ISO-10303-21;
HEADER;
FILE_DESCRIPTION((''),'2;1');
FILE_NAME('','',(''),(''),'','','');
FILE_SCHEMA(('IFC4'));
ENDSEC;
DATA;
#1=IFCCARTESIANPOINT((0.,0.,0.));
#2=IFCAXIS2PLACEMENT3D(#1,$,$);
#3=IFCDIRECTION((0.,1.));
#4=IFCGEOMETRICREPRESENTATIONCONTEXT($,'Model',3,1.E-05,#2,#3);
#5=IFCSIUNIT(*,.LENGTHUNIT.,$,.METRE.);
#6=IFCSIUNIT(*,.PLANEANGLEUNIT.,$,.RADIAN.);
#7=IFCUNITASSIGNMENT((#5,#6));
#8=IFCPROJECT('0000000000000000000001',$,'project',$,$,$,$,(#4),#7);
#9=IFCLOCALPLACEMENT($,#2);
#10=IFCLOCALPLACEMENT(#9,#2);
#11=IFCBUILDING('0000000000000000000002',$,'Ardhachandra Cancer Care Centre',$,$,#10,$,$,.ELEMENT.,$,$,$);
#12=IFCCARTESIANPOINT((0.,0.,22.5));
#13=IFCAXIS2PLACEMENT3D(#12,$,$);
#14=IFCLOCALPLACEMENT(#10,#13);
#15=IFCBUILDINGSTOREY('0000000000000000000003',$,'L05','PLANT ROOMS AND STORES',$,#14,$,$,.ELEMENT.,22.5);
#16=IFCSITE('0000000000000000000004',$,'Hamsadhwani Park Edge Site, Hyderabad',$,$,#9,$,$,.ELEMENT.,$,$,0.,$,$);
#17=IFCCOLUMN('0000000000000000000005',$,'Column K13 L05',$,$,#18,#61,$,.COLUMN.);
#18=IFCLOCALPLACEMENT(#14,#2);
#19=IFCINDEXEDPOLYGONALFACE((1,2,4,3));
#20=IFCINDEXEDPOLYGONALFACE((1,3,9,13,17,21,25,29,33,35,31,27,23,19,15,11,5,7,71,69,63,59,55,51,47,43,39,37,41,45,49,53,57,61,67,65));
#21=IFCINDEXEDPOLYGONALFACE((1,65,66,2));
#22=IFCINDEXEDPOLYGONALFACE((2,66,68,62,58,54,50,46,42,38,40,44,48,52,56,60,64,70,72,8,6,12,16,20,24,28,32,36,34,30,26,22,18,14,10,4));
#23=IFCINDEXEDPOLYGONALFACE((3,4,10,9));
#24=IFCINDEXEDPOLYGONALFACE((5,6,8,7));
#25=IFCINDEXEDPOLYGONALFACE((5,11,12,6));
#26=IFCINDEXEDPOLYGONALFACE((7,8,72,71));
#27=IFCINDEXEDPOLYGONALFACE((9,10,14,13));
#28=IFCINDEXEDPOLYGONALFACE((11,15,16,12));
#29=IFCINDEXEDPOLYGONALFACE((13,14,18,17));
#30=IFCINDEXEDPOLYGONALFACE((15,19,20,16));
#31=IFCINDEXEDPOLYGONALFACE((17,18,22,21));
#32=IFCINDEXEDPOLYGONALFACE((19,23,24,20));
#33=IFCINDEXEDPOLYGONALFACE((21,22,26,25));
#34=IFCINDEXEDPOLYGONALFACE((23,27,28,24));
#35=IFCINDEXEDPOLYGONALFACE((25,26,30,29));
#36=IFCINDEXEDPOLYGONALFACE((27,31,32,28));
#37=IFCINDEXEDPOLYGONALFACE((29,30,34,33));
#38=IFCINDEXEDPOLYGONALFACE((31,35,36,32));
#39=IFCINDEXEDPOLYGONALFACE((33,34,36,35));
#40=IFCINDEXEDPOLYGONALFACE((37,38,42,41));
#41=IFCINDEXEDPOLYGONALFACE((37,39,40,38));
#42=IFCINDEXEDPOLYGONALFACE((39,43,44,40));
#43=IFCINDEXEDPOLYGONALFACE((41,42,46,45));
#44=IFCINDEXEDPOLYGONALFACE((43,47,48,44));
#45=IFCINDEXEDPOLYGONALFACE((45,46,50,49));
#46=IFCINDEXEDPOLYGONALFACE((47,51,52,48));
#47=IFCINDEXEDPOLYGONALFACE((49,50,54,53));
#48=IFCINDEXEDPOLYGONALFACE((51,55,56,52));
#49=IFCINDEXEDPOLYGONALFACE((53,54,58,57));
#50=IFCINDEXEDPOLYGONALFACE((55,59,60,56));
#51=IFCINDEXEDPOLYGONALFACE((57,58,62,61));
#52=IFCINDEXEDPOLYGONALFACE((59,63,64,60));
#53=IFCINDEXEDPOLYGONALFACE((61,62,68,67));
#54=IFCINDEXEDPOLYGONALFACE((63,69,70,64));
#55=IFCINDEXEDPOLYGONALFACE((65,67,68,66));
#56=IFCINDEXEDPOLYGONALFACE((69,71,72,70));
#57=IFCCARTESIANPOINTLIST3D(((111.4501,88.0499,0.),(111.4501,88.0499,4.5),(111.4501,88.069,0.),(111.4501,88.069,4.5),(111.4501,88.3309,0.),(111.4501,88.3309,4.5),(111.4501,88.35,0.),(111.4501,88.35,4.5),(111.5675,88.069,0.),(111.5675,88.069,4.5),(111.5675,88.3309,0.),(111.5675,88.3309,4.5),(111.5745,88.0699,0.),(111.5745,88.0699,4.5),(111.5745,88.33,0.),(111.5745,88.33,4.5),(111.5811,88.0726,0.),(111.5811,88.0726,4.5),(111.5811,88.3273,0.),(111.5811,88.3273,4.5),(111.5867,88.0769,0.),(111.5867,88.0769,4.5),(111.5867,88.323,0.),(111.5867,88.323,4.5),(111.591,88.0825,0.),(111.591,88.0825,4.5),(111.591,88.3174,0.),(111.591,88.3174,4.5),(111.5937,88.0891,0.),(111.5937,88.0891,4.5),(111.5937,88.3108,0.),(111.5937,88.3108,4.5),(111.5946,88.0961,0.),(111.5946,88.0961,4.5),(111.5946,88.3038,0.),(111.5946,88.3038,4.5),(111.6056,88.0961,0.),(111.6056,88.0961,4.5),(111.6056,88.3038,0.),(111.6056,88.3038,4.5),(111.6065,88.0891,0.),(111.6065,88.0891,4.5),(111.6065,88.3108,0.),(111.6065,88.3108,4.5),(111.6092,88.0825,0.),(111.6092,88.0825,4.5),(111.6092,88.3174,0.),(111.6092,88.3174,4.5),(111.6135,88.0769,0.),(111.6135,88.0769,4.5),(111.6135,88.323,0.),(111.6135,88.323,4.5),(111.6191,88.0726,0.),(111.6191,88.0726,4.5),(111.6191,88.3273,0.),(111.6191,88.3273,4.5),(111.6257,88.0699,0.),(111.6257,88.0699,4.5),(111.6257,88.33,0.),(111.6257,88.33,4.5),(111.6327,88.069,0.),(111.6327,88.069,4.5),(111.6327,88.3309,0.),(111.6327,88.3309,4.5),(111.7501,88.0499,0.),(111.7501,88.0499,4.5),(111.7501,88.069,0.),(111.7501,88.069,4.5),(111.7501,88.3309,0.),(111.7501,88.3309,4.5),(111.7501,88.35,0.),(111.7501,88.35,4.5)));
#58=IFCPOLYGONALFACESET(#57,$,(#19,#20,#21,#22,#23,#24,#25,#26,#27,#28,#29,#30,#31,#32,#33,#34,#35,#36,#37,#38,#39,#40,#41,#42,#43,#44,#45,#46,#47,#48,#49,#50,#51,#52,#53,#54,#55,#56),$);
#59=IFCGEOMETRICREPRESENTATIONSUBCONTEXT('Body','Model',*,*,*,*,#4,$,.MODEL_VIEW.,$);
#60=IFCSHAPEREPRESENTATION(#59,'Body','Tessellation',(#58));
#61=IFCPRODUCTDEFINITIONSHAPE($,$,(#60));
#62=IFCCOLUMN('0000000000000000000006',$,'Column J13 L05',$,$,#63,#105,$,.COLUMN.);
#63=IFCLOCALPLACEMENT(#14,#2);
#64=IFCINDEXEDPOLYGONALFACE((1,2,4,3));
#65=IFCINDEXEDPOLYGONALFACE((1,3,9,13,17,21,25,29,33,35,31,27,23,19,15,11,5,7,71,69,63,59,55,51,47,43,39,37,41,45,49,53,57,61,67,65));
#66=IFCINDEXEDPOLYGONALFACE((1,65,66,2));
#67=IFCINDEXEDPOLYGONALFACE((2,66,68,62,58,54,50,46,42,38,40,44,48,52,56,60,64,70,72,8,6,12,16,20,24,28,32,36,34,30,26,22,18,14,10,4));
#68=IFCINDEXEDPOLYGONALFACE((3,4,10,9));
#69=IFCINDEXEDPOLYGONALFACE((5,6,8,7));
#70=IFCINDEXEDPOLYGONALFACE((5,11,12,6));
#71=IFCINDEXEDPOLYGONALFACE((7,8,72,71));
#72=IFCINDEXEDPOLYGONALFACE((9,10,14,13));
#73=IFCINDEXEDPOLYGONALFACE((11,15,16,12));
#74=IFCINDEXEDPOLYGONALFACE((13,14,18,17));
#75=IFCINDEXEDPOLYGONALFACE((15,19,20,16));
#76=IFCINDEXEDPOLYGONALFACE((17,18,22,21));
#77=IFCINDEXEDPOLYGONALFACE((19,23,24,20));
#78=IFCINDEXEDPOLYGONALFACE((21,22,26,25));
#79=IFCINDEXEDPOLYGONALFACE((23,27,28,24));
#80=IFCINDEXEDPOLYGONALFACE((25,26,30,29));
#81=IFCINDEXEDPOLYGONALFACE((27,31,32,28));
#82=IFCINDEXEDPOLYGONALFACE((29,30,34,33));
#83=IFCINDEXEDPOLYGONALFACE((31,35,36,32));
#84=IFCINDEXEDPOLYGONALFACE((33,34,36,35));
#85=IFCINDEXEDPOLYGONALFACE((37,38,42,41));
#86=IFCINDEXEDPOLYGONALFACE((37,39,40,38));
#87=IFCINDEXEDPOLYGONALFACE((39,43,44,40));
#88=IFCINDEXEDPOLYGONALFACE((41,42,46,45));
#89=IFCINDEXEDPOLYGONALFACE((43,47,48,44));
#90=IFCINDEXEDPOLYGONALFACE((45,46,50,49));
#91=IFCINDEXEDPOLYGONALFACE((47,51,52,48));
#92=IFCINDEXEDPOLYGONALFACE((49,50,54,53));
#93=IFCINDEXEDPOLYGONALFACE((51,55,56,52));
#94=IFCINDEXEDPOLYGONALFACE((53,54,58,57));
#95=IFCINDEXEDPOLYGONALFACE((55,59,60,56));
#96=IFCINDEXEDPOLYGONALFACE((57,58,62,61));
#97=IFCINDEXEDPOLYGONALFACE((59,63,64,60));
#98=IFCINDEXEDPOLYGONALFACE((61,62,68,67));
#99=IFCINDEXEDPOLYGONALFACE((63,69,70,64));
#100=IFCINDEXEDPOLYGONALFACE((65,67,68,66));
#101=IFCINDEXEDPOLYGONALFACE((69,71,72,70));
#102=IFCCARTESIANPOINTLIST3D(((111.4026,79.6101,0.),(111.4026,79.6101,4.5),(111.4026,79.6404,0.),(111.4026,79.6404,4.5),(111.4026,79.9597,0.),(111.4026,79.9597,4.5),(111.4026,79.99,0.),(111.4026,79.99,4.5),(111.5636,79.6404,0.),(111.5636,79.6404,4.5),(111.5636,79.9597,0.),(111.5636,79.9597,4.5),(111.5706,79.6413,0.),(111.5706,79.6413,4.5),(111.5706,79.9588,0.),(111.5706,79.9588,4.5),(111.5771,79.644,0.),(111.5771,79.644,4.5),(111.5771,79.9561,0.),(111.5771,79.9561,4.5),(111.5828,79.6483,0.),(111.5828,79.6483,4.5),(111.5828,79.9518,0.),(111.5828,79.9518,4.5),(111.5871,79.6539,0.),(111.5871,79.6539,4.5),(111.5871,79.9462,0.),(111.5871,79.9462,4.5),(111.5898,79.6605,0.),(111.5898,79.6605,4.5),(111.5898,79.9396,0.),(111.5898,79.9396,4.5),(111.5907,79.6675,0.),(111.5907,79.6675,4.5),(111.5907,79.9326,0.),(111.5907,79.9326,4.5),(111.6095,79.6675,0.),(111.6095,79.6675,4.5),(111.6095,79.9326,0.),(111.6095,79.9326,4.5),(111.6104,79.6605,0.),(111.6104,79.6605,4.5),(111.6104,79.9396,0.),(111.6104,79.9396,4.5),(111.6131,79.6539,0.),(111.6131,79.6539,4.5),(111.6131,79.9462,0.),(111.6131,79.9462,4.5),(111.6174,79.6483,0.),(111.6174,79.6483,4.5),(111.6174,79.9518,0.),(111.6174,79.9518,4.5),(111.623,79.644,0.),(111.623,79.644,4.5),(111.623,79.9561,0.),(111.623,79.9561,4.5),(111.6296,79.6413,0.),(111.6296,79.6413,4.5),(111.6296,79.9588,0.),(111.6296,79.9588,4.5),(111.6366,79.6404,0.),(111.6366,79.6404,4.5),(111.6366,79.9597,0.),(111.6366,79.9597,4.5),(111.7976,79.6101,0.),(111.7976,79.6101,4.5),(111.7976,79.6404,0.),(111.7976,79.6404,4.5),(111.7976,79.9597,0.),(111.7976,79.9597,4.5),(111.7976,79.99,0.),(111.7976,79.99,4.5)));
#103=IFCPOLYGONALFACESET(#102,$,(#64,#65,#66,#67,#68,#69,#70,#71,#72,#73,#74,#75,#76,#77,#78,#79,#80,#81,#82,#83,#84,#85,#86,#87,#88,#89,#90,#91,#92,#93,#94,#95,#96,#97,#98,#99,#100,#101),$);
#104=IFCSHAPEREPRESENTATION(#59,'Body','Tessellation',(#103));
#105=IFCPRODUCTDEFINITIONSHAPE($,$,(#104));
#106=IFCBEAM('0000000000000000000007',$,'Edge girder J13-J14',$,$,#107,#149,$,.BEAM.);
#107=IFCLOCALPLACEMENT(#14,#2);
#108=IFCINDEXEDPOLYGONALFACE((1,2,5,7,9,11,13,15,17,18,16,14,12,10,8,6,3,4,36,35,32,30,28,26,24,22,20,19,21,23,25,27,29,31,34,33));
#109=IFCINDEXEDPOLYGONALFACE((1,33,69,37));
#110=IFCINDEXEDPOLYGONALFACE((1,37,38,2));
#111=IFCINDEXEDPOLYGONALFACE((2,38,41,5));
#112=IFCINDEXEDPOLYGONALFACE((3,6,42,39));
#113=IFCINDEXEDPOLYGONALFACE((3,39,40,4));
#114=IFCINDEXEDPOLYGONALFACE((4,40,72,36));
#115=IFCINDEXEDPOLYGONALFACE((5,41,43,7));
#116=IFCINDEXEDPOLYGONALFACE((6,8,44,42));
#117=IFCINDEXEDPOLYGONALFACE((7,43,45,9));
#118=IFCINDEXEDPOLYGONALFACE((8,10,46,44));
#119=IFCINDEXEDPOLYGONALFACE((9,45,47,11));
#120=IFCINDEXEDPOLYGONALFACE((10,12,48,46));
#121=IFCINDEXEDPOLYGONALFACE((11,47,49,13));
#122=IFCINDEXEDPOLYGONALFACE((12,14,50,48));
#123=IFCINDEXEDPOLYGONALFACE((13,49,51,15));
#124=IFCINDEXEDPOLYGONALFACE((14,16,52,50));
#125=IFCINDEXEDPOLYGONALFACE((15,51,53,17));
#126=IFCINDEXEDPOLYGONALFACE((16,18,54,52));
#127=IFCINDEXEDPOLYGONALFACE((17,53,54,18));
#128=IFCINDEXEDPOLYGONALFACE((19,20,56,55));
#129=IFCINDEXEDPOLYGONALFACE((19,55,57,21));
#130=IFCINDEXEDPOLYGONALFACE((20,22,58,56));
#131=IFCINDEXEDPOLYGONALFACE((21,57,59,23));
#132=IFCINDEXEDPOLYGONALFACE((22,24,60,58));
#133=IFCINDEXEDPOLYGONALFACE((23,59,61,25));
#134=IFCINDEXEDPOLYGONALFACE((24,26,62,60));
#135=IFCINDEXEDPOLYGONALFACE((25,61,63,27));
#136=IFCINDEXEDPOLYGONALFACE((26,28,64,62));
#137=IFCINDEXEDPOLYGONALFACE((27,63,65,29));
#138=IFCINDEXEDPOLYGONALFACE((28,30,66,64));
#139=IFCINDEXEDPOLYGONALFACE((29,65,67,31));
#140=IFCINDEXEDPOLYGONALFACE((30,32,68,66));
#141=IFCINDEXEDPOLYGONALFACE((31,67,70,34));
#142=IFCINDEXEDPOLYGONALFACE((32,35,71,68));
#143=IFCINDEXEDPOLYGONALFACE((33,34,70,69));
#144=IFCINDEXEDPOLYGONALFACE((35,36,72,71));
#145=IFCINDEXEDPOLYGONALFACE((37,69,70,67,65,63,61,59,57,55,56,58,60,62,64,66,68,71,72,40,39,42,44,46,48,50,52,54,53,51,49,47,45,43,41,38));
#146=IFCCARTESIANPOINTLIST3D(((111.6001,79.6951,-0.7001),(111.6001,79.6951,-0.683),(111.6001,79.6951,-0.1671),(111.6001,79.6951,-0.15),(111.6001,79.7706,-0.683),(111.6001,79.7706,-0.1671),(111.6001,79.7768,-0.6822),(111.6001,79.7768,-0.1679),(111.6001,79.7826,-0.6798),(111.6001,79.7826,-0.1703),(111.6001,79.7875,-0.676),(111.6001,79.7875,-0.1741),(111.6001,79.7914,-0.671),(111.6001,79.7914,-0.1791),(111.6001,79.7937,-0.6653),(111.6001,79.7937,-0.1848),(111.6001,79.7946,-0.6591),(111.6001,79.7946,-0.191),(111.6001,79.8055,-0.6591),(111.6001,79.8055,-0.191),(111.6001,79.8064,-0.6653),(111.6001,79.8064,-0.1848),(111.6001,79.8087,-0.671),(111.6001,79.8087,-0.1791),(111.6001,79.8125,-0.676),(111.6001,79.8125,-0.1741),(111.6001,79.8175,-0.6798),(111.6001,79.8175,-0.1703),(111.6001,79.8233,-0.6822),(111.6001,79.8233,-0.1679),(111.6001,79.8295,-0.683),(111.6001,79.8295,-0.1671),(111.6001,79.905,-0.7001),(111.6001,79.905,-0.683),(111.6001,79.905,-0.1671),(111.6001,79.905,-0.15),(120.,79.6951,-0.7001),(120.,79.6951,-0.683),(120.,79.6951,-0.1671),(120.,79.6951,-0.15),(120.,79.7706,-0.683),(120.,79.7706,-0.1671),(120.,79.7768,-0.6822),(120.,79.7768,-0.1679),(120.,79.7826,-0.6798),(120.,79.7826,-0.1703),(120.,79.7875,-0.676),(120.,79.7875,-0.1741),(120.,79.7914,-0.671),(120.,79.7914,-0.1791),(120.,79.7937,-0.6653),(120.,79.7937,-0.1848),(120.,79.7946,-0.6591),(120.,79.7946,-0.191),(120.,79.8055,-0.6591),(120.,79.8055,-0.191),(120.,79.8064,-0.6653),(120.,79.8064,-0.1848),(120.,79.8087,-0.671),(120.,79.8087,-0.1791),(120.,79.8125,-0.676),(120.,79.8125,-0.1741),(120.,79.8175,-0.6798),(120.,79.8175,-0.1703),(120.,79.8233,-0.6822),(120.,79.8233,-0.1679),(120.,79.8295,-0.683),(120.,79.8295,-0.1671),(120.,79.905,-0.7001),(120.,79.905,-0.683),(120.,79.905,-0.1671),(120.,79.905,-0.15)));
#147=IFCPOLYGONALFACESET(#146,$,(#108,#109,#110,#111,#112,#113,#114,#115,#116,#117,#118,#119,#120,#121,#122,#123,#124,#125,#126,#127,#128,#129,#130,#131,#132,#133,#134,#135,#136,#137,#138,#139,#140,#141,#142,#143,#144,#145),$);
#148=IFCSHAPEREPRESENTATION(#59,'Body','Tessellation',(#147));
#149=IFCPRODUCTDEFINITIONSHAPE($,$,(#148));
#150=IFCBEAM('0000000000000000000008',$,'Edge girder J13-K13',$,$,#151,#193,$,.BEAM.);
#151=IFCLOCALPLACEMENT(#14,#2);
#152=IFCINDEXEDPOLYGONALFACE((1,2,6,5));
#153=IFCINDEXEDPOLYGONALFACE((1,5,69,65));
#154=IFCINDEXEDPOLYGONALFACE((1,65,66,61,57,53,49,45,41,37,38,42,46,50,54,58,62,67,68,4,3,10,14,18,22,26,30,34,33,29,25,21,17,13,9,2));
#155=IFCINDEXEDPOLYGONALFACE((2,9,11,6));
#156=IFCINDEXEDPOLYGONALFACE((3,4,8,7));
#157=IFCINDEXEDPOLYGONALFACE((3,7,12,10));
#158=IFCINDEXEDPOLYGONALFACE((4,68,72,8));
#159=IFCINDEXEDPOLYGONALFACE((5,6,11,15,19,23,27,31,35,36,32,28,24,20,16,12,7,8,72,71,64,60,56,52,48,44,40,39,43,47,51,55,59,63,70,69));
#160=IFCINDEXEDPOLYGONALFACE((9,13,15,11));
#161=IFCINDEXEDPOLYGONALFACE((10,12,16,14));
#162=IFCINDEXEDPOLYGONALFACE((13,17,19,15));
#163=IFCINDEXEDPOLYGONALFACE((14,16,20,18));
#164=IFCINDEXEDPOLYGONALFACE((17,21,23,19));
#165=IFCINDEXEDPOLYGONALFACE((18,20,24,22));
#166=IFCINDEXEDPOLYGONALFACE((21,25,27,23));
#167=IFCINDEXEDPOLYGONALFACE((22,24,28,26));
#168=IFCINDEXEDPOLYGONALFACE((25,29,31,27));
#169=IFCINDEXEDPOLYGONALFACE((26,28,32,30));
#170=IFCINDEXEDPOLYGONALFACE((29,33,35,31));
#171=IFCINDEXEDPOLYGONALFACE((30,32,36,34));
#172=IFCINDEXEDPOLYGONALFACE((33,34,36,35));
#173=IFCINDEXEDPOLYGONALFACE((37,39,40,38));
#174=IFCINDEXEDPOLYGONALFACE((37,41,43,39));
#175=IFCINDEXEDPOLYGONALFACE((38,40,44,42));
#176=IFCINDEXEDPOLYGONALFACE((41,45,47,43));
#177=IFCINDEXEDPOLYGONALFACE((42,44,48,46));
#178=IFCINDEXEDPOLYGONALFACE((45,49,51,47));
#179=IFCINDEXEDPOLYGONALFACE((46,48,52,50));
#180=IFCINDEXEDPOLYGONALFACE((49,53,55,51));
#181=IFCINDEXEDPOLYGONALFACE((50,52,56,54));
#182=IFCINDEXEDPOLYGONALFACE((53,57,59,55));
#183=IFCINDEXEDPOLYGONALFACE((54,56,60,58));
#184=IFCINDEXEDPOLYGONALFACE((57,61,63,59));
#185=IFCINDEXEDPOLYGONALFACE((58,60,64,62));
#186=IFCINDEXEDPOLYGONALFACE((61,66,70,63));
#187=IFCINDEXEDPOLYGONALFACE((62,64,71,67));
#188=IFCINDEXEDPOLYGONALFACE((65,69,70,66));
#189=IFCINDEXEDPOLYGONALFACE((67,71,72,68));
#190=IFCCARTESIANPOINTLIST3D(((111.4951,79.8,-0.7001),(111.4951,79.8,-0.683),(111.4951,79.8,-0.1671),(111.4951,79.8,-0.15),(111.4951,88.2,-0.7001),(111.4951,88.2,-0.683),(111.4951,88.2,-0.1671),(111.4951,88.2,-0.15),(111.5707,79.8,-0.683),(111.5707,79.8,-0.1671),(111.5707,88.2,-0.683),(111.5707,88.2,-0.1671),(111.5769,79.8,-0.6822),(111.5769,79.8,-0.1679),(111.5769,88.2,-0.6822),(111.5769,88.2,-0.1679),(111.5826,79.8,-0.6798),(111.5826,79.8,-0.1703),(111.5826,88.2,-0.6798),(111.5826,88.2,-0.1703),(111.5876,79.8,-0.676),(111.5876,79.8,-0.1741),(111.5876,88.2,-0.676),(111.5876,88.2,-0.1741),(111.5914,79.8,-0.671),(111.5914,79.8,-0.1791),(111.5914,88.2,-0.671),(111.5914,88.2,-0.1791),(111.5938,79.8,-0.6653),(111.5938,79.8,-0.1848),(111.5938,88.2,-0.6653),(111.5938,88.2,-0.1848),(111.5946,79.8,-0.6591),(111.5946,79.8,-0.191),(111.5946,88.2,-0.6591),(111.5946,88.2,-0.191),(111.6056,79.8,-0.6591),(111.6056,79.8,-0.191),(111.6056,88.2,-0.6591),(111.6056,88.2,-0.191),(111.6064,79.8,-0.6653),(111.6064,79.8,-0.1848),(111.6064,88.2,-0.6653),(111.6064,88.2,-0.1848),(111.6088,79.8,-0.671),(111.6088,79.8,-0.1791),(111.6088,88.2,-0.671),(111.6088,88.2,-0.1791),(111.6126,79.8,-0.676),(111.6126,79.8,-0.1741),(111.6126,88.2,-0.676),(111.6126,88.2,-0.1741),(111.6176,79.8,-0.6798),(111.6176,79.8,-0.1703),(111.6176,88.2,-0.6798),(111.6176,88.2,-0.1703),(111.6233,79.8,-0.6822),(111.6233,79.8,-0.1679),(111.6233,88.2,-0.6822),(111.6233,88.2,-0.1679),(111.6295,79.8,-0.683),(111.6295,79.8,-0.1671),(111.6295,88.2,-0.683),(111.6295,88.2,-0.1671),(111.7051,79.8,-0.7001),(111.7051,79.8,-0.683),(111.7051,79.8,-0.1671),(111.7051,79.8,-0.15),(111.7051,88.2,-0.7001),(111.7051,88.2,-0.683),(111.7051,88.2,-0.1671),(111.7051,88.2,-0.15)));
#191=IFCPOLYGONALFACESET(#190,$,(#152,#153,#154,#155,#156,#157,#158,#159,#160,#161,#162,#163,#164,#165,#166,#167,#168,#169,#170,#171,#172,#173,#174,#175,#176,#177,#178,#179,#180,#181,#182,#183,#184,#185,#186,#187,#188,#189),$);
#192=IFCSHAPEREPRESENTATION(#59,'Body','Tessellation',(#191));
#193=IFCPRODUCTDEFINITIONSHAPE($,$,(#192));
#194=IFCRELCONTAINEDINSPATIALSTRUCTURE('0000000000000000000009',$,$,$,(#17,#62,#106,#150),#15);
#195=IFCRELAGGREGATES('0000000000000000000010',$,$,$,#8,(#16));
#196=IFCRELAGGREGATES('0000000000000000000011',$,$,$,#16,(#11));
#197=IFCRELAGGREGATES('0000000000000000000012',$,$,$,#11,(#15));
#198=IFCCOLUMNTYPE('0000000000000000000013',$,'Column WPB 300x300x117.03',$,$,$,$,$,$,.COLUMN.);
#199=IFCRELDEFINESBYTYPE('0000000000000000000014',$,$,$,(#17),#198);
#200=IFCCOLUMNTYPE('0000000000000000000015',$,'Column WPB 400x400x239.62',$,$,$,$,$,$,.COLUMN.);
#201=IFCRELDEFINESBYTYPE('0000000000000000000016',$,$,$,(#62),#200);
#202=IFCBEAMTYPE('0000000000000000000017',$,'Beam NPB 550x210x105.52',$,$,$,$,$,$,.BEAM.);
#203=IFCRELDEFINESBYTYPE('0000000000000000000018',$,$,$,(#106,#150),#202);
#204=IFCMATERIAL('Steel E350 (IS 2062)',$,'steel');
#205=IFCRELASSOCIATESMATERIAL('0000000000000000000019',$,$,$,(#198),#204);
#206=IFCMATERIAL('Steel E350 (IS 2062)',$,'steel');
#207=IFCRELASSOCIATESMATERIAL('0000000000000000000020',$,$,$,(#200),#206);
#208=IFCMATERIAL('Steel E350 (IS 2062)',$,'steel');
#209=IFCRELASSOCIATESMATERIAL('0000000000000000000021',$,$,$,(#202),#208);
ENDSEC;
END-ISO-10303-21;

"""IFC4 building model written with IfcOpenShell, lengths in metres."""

from ifc_helpers import new_model, si_unit, direction, frame, origin, origin_2d, place, context, subcontext, project, spatial, i_section, extrude, material, material_profile, profile_set, type_object, element, save


model = new_model("IFC4")

# Units and contexts
model_context = context("Model", 3, precision=1e-05, world=origin(), true_north=direction((0.0, 1.0)))
body_context = subcontext(model_context, "Body", "Model", "MODEL_VIEW")
ifc_project = project(units=[si_unit("LENGTHUNIT", "METRE"), si_unit("PLANEANGLEUNIT", "RADIAN")], contexts=[model_context])

# Site, building, storey
site_placement = place(None, origin())
site = spatial("IfcSite", under=ifc_project, at=site_placement, Name="Hamsadhwani Park Edge Site, Hyderabad", CompositionType="ELEMENT", RefElevation=0.0)
building_placement = place(site_placement, origin())
building = spatial("IfcBuilding", under=site, at=building_placement, Name="Ardhachandra Cancer Care Centre", CompositionType="ELEMENT")
storey_placement = place(building_placement, frame((0.0, 0.0, 22.5)))
storey = spatial("IfcBuildingStorey", under=building, at=storey_placement, Name="L05", Description="PLANT ROOMS AND STORES", CompositionType="ELEMENT", Elevation=22.5)

# Columns
ifc_material_1 = material(Name="Steel E350 (IS 2062)", Category="steel")
ifc_material_profile_1 = material_profile(ifc_material_1, i_section(OverallWidth=0.3, OverallDepth=0.3, WebThickness=0.011, FlangeThickness=0.019, FilletRadius=0.0271, at=origin_2d()), Name="WPB 300x300x117.03")
ifc_profile_set_1 = profile_set([ifc_material_profile_1], Name="Steel E350 (IS 2062)")
column_type_1 = type_object("IfcColumnType", Name="Column WPB 300x300x117.03", PredefinedType="COLUMN", material=ifc_profile_set_1)
column_1_placement = place(storey_placement, frame((111.6001, 88.2, 0.0), z_axis=(0.0, 0.0, 1.0), x_axis=(1.0, 0.0, 0.0)))
element("IfcColumn", 1, at=column_1_placement, inside=storey, type_object=column_type_1, Name="Column K13 L05", PredefinedType="COLUMN", context=body_context, shape_type="SweptSolid", body=[
    extrude(i_section(OverallWidth=0.3, OverallDepth=0.3, WebThickness=0.011, FlangeThickness=0.019, FilletRadius=0.0271, at=origin_2d()), origin(), (0.0, 0.0, 1.0), 4.5),
])
ifc_material_2 = material(Name="Steel E350 (IS 2062)", Category="steel")
ifc_material_profile_2 = material_profile(ifc_material_2, i_section(OverallWidth=0.395, OverallDepth=0.3799, WebThickness=0.0188, FlangeThickness=0.0303, FilletRadius=0.0271, at=origin_2d()), Name="WPB 400x400x239.62")
ifc_profile_set_2 = profile_set([ifc_material_profile_2], Name="Steel E350 (IS 2062)")
column_type_2 = type_object("IfcColumnType", Name="Column WPB 400x400x239.62", PredefinedType="COLUMN", material=ifc_profile_set_2)
column_2_placement = place(storey_placement, frame((111.6001, 79.8, 0.0), z_axis=(0.0, 0.0, 1.0), x_axis=(1.0, 0.0, 0.0)))
element("IfcColumn", 2, at=column_2_placement, inside=storey, type_object=column_type_2, Name="Column J13 L05", PredefinedType="COLUMN", context=body_context, shape_type="SweptSolid", body=[
    extrude(i_section(OverallWidth=0.395, OverallDepth=0.3799, WebThickness=0.0188, FlangeThickness=0.0303, FilletRadius=0.0271, at=origin_2d()), origin(), (0.0, 0.0, 1.0), 4.5),
])

# Beams
ifc_material_3 = material(Name="Steel E350 (IS 2062)", Category="steel")
ifc_material_profile_3 = material_profile(ifc_material_3, i_section(OverallWidth=0.21, OverallDepth=0.55, WebThickness=0.011, FlangeThickness=0.0171, FilletRadius=0.0239, at=origin_2d()), Name="NPB 550x210x105.52")
ifc_profile_set_3 = profile_set([ifc_material_profile_3], Name="Steel E350 (IS 2062)")
beam_type_1 = type_object("IfcBeamType", Name="Beam NPB 550x210x105.52", PredefinedType="BEAM", material=ifc_profile_set_3)
for number, where, z_axis, x_axis, name in (
    (3, (111.6001, 79.8, -0.425), (1.0, 0.0, 0.0), (0.0, 1.0, 0.0), "Edge girder J13-J14"),
    (4, (111.6001, 79.8, -0.425), (0.0, 1.0, 0.0), (-1.0, 0.0, 0.0), "Edge girder J13-K13"),
):
    element("IfcBeam", number, at=place(storey_placement, frame(where, z_axis=z_axis, x_axis=x_axis)), inside=storey, type_object=beam_type_1, Name=name, PredefinedType="BEAM", context=body_context, shape_type="SweptSolid", body=[
        extrude(i_section(OverallWidth=0.21, OverallDepth=0.55, WebThickness=0.011, FlangeThickness=0.0171, FilletRadius=0.0239, at=origin_2d()), origin(), (0.0, 0.0, 1.0), 8.3999),
    ])

save(model, "model.ifc")
